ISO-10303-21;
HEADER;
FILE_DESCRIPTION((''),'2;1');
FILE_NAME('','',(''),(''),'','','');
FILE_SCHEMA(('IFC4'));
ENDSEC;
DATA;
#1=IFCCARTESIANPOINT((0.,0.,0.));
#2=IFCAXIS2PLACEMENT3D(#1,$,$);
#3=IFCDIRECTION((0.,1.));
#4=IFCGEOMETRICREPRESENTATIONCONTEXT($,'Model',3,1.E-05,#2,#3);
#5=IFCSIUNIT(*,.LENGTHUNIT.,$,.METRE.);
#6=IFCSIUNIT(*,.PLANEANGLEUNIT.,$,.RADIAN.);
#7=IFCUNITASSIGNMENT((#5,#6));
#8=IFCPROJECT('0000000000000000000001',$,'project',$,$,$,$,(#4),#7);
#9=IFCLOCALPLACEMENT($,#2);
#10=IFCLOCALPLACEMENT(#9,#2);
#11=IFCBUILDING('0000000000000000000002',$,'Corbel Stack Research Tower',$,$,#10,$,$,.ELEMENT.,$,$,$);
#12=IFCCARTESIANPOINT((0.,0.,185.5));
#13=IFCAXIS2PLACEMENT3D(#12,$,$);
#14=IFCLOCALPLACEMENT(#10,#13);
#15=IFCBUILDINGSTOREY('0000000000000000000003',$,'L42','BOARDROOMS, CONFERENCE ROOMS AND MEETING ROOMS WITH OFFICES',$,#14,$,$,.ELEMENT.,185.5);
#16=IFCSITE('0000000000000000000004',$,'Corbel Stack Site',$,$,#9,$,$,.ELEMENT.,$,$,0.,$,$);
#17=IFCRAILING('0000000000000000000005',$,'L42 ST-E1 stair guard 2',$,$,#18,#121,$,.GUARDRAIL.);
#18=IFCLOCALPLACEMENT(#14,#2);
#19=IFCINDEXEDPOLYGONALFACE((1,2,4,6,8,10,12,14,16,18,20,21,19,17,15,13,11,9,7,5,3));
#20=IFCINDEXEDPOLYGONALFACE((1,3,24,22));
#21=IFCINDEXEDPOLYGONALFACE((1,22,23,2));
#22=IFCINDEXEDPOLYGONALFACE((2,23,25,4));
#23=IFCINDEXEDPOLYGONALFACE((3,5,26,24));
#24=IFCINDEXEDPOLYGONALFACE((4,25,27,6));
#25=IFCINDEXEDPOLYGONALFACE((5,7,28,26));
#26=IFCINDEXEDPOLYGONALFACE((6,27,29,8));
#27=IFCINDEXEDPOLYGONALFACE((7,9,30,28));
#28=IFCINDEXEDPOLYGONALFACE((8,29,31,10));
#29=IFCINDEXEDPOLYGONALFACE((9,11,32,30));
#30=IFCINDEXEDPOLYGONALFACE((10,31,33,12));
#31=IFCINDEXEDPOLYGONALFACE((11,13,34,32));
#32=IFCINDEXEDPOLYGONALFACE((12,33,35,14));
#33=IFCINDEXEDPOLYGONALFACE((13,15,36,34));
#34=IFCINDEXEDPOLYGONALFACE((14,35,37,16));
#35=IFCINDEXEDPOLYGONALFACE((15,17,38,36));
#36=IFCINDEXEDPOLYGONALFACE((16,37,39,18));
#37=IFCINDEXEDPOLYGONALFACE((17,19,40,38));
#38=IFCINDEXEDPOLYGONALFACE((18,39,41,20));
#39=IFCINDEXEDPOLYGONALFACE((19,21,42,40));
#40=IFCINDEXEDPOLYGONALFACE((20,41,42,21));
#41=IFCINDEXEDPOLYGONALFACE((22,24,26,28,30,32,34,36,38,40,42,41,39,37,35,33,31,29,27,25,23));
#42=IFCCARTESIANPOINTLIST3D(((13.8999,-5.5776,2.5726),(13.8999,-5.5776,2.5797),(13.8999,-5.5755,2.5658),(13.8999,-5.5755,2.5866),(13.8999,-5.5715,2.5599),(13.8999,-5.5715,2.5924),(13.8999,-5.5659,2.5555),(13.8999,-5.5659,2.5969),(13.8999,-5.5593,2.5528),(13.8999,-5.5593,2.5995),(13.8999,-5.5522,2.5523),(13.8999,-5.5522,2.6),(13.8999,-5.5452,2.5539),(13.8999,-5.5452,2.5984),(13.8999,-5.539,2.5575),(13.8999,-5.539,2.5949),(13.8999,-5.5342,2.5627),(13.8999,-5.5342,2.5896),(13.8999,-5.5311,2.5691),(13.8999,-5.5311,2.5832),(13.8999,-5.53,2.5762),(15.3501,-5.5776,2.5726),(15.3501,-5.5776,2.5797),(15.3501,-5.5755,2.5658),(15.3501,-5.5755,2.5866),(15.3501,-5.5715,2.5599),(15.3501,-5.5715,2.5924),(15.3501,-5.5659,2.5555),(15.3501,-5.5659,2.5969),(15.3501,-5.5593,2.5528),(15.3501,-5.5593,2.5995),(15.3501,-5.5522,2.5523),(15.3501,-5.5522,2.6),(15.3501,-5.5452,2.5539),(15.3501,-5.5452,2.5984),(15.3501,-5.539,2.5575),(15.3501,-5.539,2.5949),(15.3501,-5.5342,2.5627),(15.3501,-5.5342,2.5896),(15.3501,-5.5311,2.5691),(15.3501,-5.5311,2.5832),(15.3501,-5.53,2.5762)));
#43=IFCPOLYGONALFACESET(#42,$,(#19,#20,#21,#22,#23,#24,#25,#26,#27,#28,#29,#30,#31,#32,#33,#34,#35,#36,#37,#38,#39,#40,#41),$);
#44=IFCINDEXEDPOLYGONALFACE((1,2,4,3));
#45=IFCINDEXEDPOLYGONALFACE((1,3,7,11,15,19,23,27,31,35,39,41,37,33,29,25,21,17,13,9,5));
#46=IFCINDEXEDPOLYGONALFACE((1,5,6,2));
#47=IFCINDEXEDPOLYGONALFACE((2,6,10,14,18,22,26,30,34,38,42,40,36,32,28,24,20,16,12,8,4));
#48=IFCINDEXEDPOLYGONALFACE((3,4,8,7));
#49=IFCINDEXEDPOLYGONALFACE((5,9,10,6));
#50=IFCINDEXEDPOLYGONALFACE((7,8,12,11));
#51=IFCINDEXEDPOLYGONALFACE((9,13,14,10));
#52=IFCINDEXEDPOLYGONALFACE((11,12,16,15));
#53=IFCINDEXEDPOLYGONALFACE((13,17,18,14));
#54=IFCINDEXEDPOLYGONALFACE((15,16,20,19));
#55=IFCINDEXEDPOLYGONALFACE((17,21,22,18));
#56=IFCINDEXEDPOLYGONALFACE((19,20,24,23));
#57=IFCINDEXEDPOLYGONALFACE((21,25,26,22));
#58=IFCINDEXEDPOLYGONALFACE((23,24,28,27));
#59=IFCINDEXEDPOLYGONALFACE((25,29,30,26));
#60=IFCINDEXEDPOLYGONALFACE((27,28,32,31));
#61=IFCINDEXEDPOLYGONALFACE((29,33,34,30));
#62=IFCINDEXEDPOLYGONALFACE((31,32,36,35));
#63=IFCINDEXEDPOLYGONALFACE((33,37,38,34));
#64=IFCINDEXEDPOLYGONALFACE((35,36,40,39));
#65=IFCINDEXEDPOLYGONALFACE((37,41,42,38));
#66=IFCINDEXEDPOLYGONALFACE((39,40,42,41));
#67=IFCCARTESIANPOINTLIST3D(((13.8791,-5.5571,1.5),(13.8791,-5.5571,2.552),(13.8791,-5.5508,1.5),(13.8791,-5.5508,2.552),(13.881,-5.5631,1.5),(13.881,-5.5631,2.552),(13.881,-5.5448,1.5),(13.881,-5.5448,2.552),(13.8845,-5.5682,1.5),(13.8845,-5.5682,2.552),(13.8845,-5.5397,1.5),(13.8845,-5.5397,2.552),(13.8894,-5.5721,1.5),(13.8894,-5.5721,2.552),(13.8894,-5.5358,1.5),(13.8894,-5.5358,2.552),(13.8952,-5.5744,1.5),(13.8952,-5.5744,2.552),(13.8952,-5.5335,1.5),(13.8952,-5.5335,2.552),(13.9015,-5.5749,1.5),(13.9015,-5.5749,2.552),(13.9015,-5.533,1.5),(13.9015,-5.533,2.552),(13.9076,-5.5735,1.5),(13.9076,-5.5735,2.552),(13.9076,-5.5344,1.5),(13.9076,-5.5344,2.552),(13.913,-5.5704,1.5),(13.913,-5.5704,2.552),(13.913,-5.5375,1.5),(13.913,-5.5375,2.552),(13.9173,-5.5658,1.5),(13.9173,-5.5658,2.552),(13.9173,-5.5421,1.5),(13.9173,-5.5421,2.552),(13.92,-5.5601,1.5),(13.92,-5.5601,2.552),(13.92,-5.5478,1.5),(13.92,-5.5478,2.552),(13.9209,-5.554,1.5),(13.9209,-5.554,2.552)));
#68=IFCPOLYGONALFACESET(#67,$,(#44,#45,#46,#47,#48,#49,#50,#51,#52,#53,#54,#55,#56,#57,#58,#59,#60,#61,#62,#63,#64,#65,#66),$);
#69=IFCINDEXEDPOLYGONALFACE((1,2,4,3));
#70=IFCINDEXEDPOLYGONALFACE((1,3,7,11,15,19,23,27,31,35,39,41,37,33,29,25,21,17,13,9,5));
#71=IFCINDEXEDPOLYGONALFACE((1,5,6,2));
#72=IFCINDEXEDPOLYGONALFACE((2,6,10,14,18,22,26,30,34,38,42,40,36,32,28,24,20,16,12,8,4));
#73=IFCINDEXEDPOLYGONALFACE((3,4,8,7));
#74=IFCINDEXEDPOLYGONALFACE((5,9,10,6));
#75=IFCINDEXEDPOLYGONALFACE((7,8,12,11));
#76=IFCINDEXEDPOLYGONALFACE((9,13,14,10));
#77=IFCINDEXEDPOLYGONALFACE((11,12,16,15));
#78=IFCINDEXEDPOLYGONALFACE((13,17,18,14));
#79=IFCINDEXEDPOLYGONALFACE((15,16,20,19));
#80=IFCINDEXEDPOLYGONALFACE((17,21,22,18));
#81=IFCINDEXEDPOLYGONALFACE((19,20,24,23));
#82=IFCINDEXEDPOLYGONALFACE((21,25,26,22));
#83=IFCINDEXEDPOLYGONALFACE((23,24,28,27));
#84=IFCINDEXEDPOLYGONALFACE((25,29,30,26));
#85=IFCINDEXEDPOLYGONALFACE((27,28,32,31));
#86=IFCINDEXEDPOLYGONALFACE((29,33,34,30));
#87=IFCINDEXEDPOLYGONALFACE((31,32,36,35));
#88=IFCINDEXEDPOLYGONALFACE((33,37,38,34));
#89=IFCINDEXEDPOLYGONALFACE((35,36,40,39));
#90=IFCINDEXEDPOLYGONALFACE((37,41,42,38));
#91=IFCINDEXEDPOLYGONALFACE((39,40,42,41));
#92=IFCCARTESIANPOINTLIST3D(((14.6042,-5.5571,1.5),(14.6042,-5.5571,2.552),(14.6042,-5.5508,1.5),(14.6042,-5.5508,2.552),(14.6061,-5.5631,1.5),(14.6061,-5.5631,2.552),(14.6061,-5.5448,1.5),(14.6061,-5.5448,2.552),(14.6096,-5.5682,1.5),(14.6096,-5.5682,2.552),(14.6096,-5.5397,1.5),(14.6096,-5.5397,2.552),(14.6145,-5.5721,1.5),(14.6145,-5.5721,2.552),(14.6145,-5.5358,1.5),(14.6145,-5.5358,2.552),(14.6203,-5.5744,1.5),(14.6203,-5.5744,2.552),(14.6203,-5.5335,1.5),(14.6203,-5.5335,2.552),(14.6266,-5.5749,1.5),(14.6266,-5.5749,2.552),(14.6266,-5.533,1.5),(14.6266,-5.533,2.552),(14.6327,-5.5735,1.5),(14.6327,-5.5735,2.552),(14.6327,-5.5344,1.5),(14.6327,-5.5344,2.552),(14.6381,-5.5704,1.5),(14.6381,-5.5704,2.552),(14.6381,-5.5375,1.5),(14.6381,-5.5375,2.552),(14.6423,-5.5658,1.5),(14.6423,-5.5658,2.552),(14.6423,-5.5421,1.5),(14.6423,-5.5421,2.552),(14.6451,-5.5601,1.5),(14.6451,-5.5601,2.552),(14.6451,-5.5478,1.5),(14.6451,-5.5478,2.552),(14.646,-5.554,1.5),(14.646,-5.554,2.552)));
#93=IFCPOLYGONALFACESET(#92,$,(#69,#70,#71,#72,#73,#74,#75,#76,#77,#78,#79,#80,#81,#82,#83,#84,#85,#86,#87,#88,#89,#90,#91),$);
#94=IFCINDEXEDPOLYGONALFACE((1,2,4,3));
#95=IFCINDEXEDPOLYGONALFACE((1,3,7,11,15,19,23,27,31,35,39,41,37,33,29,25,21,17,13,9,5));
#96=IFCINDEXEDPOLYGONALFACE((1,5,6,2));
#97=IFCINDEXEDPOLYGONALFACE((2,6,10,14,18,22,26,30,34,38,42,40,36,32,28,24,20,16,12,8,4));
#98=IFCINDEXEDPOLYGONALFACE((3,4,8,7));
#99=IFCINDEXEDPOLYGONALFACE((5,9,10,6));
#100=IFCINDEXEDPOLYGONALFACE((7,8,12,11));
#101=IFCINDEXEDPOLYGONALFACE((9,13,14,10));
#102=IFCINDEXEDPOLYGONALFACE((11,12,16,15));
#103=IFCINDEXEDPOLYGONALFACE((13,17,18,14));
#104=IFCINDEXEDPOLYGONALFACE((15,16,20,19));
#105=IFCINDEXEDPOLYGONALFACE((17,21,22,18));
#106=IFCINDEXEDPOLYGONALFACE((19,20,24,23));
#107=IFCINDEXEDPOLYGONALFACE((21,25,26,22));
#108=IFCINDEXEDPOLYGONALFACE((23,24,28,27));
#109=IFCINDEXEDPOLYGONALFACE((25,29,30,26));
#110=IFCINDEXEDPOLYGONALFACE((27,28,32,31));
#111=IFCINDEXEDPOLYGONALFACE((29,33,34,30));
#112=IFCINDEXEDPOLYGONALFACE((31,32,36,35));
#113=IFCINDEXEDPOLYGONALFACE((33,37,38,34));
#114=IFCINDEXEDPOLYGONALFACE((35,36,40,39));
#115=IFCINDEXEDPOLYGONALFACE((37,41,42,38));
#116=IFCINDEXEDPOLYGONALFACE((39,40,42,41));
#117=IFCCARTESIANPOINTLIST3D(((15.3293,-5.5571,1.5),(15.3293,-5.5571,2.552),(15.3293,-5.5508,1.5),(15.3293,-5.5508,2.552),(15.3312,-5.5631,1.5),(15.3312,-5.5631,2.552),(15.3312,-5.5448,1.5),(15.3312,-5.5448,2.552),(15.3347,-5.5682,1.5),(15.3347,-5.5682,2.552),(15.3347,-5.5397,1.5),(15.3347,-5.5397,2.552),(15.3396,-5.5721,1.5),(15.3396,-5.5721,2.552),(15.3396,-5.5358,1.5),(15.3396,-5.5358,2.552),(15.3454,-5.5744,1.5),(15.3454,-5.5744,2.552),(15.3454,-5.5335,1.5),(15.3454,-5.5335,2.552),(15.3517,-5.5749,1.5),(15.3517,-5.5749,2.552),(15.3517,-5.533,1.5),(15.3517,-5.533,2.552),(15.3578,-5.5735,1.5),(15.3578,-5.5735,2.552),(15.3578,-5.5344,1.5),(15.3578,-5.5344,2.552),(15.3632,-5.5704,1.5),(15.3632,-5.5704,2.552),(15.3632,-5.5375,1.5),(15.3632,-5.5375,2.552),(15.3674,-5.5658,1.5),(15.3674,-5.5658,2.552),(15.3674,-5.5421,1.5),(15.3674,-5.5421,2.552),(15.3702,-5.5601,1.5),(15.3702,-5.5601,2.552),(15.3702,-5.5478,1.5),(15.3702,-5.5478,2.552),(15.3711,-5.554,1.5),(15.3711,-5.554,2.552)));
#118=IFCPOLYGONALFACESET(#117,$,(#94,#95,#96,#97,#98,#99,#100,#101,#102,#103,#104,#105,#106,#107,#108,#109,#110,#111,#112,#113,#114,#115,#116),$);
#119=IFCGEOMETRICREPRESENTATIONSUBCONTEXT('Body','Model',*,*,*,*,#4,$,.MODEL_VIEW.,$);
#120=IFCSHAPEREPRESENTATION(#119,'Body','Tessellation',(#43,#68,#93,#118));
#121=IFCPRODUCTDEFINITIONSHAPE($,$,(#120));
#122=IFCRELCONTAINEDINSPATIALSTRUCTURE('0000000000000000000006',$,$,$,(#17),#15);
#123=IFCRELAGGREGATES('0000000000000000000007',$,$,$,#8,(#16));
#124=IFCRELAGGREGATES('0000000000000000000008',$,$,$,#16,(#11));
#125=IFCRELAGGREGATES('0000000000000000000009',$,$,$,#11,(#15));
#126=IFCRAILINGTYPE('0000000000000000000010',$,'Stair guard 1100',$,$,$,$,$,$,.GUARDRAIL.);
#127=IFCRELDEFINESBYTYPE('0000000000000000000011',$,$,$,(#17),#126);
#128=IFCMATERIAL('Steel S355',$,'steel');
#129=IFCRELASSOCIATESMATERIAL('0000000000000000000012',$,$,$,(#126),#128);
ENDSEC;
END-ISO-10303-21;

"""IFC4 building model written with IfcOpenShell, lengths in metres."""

from ifc_helpers import new_model, si_unit, direction, frame, origin, origin_2d, place, context, subcontext, project, spatial, circle, extrude, material, type_object, element, save


model = new_model("IFC4")

# Units and contexts
model_context = context("Model", 3, precision=1e-05, world=origin(), true_north=direction((0.0, 1.0)))
body_context = subcontext(model_context, "Body", "Model", "MODEL_VIEW")
ifc_project = project(units=[si_unit("LENGTHUNIT", "METRE"), si_unit("PLANEANGLEUNIT", "RADIAN")], contexts=[model_context])

# Site, building, storey
site_placement = place(None, origin())
site = spatial("IfcSite", under=ifc_project, at=site_placement, Name="Corbel Stack Site", CompositionType="ELEMENT", RefElevation=0.0)
building_placement = place(site_placement, origin())
building = spatial("IfcBuilding", under=site, at=building_placement, Name="Corbel Stack Research Tower", CompositionType="ELEMENT")
storey_placement = place(building_placement, frame((0.0, 0.0, 185.5)))
storey = spatial("IfcBuildingStorey", under=building, at=storey_placement, Name="L42", Description="BOARDROOMS, CONFERENCE ROOMS AND MEETING ROOMS WITH OFFICES", CompositionType="ELEMENT", Elevation=185.5)

# Railing
ifc_material_1 = material(Name="Steel S355", Category="steel")
railing_type = type_object("IfcRailingType", Name="Stair guard 1100", PredefinedType="GUARDRAIL", material=ifc_material_1)
railing_placement = place(storey_placement, frame((13.8999, -5.554, 1.5)))
element("IfcRailing", 1, at=railing_placement, inside=storey, type_object=railing_type, Name="L42 ST-E1 stair guard 2", PredefinedType="GUARDRAIL", context=body_context, shape_type="SweptSolid", body=[
    extrude(circle(Radius=0.0239, at=origin_2d()), frame((0.0, 0.0, 1.0762), z_axis=(1.0, 0.0, 0.0), x_axis=(0.0, 1.0, 0.0)), (0.0, 0.0, 1.0), 1.4502),
    extrude(circle(Radius=0.021, at=origin_2d()), origin(), (0.0, 0.0, 1.0), 1.052),
    extrude(circle(Radius=0.021, at=origin_2d()), frame((0.7251, 0.0, 0.0)), (0.0, 0.0, 1.0), 1.052),
    extrude(circle(Radius=0.021, at=origin_2d()), frame((1.4502, 0.0, 0.0)), (0.0, 0.0, 1.0), 1.052),
])

save(model, "model.ifc")
